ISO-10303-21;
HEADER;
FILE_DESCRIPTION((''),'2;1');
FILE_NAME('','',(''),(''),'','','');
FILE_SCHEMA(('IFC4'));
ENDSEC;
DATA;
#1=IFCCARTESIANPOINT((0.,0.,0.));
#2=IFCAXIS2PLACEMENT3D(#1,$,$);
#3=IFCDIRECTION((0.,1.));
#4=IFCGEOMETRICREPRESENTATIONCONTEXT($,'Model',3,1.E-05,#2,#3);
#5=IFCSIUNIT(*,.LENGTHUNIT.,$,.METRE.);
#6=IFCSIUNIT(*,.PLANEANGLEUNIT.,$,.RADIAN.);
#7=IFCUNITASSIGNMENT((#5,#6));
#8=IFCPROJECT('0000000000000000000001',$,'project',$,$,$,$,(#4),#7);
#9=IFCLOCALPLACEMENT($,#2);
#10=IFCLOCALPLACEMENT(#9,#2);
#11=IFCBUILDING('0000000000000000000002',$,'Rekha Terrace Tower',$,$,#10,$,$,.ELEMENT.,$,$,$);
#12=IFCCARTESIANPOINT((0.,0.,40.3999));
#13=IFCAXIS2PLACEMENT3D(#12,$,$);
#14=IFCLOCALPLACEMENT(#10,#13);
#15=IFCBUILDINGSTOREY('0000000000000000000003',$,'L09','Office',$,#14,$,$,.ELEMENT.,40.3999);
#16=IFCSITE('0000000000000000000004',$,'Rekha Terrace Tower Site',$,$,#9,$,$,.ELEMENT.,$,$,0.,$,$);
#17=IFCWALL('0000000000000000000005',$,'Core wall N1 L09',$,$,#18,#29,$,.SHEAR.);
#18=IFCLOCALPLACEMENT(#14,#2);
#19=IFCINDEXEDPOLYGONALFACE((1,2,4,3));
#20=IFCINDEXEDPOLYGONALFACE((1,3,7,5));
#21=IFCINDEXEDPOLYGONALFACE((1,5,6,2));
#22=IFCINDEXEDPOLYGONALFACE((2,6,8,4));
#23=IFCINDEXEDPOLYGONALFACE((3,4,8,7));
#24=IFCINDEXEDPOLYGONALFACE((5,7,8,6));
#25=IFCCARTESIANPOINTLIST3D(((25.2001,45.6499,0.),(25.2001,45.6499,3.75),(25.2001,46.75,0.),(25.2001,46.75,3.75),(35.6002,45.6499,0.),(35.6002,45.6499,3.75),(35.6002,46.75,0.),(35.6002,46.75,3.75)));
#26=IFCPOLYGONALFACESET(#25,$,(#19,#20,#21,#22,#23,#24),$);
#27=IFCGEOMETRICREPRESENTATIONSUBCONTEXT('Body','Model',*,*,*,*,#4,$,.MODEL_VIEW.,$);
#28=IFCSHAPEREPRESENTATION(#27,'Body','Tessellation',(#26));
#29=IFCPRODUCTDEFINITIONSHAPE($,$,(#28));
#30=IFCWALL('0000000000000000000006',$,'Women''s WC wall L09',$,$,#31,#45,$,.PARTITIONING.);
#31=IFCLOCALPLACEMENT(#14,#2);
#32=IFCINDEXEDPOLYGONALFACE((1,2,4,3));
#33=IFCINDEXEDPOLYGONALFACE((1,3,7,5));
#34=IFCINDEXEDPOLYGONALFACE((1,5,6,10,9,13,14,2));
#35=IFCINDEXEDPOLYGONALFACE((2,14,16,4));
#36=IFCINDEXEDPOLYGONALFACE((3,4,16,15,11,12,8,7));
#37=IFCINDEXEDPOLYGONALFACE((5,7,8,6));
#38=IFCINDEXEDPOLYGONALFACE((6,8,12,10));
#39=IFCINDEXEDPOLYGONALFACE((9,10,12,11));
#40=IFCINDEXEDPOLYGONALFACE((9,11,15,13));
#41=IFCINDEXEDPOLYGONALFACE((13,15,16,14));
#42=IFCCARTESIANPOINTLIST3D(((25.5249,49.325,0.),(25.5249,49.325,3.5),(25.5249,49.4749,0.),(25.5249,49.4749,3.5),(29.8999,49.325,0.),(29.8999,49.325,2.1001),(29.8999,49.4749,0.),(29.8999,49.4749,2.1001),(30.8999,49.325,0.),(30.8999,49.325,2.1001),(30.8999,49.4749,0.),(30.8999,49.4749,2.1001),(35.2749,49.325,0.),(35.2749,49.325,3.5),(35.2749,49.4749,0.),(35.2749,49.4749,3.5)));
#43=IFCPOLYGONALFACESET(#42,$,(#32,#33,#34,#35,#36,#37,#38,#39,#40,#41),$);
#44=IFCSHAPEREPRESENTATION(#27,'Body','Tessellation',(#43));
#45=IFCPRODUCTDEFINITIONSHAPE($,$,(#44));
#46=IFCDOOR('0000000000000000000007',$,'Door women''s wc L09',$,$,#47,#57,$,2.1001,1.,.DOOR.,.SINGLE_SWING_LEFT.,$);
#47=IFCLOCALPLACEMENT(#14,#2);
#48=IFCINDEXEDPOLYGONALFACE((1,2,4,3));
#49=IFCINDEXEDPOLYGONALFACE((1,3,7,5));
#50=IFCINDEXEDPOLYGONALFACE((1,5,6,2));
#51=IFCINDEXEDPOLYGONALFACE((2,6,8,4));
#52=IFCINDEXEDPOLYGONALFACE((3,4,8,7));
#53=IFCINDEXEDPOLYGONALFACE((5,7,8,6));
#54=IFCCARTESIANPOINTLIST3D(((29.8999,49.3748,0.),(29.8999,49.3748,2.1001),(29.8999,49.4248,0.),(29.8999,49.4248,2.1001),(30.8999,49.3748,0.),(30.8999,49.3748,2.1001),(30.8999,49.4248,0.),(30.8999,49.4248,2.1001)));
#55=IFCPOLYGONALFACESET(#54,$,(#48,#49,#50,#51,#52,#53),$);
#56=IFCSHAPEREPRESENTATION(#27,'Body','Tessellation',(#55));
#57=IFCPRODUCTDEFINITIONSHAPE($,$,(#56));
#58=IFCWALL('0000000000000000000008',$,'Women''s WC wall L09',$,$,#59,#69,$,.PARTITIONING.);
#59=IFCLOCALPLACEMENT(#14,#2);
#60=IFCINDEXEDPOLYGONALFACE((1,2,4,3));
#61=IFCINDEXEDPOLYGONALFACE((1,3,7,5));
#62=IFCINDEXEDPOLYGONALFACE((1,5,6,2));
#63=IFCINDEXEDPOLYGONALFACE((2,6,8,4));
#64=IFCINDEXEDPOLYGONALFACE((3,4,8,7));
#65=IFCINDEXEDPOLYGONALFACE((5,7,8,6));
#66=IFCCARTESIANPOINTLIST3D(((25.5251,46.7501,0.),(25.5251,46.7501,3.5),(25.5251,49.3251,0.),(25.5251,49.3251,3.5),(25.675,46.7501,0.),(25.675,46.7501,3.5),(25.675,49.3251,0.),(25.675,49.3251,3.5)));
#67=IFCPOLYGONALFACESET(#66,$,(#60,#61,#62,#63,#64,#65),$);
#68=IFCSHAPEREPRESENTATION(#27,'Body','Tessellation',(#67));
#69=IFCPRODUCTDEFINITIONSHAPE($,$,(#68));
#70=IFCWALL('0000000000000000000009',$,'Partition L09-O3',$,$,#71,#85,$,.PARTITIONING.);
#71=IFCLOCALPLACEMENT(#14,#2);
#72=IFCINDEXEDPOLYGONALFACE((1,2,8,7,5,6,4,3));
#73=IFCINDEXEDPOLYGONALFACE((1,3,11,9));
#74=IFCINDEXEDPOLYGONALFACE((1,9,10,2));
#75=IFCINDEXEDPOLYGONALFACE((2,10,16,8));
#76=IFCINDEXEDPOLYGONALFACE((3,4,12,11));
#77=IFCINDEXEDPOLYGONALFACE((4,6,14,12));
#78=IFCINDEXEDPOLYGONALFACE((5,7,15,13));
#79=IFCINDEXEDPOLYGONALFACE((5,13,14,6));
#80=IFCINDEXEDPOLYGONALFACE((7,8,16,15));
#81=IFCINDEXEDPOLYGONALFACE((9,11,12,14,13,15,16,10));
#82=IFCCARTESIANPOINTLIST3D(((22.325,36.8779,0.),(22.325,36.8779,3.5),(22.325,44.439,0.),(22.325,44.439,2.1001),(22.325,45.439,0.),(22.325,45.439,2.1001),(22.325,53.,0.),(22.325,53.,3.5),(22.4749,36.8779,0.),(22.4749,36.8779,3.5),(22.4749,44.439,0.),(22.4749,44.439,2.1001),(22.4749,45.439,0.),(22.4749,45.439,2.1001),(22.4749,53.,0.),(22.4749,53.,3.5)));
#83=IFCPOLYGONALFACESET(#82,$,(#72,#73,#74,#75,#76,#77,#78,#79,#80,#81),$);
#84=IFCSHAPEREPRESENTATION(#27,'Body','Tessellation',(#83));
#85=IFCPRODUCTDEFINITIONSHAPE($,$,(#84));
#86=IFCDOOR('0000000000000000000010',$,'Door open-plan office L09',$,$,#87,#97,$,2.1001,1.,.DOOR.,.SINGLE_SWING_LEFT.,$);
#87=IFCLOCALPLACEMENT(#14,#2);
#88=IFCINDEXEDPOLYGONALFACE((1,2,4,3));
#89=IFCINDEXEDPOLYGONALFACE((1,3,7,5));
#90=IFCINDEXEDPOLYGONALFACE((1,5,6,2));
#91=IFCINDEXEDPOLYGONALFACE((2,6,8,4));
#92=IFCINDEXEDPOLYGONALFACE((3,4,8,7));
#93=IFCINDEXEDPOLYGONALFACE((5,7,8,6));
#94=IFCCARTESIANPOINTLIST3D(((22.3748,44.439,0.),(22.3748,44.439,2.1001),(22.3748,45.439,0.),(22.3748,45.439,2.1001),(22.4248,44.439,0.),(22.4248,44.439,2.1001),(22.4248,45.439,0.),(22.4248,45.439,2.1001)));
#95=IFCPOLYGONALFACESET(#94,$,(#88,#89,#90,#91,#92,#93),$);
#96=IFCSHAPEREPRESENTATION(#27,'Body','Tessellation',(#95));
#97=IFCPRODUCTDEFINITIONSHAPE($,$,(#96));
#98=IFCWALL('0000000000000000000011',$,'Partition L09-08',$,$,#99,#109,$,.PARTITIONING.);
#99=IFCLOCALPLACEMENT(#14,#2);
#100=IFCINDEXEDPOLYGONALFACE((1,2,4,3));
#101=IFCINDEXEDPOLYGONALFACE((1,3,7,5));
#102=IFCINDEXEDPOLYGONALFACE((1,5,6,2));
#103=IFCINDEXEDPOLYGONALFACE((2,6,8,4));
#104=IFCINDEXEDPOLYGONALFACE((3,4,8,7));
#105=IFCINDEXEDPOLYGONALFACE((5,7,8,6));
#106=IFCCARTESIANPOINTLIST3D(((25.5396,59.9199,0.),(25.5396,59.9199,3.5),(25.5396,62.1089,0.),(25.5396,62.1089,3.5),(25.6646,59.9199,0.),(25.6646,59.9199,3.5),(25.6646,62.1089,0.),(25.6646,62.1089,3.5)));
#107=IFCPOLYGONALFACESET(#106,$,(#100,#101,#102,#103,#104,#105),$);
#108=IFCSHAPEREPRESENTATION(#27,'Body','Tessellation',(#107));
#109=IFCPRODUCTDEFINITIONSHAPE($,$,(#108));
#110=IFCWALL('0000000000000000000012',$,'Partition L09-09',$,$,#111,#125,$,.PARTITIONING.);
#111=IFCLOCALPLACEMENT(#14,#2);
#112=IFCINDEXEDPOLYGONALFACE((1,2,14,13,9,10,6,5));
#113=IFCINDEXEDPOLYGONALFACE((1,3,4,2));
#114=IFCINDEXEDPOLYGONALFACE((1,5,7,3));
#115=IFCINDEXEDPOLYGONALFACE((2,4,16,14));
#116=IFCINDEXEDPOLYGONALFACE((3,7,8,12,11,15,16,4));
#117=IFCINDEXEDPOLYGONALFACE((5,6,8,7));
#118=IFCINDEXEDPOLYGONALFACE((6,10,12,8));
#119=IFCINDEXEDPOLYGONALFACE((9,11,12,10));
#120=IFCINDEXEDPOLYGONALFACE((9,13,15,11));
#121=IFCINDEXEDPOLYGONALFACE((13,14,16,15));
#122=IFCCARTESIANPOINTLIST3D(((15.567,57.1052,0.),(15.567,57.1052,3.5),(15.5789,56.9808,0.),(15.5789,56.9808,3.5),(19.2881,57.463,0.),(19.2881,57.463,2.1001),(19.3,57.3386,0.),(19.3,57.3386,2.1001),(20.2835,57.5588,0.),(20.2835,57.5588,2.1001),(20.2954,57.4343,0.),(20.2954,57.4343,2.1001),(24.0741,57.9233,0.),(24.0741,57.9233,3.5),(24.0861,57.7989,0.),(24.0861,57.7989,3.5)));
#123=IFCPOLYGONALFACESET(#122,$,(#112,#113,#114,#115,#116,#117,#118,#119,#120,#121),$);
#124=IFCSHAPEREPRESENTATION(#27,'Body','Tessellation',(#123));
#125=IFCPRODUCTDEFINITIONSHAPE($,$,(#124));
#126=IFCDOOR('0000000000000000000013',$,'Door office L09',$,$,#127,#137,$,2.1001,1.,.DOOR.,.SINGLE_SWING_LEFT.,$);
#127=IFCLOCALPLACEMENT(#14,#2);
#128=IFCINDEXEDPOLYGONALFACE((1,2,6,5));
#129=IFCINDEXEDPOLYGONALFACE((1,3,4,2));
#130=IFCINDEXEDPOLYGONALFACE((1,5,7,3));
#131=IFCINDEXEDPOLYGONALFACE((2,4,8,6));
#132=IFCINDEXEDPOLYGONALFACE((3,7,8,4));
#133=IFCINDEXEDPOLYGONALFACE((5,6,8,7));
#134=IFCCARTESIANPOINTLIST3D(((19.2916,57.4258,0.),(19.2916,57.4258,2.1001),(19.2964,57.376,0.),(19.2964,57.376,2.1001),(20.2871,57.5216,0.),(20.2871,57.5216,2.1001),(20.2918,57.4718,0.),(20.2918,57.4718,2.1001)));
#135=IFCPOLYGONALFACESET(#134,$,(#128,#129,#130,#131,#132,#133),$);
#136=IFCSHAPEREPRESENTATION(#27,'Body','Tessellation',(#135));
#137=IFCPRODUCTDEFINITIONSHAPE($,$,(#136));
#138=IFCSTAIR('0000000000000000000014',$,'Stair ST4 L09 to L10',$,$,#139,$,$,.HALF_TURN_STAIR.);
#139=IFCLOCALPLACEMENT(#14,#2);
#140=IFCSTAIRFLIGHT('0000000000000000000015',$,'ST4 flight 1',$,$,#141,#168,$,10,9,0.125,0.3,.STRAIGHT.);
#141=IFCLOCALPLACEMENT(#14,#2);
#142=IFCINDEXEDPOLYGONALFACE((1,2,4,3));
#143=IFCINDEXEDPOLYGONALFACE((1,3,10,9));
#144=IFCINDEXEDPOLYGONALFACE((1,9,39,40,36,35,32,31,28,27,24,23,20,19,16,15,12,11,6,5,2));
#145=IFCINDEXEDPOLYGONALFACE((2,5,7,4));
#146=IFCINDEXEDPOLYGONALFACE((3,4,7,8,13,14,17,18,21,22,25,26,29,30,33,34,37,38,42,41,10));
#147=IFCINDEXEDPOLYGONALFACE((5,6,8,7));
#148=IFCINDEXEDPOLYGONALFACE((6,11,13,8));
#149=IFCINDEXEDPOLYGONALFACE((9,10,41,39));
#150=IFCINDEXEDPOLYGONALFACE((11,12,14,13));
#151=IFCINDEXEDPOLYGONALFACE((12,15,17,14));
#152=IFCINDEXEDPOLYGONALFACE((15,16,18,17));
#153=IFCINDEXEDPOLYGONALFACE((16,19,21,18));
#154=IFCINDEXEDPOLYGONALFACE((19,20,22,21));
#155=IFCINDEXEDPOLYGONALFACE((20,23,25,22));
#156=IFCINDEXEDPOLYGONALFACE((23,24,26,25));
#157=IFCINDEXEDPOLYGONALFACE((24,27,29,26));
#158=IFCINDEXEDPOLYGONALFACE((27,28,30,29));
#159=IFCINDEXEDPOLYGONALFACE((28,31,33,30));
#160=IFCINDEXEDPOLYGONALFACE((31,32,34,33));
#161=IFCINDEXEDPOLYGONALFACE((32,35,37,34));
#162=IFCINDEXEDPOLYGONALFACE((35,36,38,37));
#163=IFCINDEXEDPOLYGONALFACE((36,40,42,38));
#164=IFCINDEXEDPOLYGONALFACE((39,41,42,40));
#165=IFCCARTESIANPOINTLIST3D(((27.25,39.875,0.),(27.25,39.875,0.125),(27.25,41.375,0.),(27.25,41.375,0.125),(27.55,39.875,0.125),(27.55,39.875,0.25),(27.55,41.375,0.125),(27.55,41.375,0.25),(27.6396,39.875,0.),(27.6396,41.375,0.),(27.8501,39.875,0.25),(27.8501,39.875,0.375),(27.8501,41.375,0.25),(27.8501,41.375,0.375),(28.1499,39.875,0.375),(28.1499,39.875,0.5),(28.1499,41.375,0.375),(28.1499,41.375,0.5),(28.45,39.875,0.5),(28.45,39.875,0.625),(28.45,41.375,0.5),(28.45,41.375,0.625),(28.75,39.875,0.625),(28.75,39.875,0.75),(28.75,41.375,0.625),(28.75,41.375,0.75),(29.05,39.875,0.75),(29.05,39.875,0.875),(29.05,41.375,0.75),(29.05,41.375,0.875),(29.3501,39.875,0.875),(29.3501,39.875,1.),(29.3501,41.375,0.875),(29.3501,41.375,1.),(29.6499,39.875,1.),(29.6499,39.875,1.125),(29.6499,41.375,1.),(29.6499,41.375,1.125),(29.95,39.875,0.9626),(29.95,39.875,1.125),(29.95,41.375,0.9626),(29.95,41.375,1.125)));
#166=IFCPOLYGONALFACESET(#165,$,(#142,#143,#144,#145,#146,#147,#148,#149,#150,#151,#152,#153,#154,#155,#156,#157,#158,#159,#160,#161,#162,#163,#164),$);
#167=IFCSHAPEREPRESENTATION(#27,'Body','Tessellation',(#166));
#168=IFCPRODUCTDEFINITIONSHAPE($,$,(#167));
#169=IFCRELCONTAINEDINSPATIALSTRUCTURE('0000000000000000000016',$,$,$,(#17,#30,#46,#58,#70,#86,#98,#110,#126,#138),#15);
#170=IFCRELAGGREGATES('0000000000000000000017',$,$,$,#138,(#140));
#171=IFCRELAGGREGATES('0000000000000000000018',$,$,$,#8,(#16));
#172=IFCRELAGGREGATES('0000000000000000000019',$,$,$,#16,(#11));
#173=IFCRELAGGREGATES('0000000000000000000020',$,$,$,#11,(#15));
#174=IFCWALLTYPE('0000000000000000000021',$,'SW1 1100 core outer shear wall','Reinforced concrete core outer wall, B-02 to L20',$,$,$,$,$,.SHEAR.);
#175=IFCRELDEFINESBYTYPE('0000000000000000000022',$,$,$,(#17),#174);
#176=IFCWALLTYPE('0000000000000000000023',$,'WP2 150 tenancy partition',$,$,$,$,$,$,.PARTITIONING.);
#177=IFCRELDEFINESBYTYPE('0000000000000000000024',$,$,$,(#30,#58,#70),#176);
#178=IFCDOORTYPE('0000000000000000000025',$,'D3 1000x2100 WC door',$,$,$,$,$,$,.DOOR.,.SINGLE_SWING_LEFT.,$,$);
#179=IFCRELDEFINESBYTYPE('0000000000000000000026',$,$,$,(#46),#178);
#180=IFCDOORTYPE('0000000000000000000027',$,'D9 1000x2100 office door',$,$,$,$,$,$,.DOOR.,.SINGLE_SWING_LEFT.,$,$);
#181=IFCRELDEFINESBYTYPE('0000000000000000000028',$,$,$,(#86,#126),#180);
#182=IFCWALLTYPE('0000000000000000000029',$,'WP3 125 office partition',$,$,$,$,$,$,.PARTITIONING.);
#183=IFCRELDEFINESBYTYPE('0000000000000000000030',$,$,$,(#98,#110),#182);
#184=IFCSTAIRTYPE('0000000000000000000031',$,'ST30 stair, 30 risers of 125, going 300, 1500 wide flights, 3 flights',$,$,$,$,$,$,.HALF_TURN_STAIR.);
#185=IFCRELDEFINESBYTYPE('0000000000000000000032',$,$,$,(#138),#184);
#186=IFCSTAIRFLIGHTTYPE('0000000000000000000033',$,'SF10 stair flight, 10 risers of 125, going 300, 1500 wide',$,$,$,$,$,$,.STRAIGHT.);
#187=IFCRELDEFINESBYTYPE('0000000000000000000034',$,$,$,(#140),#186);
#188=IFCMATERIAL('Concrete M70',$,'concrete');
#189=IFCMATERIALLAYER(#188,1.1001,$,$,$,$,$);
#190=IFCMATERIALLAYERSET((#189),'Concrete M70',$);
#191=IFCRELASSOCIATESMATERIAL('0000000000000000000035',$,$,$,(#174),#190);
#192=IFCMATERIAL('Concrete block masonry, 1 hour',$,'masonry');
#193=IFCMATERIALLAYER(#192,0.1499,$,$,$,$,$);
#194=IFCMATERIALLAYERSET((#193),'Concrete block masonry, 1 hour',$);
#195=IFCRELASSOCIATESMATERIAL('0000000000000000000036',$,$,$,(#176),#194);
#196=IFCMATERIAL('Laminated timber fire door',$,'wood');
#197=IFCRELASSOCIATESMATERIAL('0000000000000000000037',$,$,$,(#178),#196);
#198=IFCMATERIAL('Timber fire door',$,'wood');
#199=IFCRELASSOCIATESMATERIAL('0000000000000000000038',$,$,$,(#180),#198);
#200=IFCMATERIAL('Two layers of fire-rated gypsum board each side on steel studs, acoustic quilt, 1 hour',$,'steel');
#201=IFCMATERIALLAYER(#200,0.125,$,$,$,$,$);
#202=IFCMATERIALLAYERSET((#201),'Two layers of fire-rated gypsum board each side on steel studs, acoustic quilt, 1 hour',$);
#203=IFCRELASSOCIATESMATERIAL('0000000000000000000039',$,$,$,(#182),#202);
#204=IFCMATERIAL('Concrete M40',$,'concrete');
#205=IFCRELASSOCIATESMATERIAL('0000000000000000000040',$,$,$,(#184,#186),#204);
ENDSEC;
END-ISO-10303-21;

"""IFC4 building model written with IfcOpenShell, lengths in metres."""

from ifc_helpers import new_model, si_unit, direction, frame, frame_2d, origin, place, context, subcontext, project, spatial, polyline, rectangle, outline, extrude, material, layer, layer_set, type_object, element, fill, aggregate, save


model = new_model("IFC4")

# Units and contexts
model_context = context("Model", 3, precision=1e-05, world=origin(), true_north=direction((0.0, 1.0)))
body_context = subcontext(model_context, "Body", "Model", "MODEL_VIEW")
ifc_project = project(units=[si_unit("LENGTHUNIT", "METRE"), si_unit("PLANEANGLEUNIT", "RADIAN")], contexts=[model_context])

# Site, building, storey
site_placement = place(None, origin())
site = spatial("IfcSite", under=ifc_project, at=site_placement, Name="Rekha Terrace Tower Site", CompositionType="ELEMENT", RefElevation=0.0)
building_placement = place(site_placement, origin())
building = spatial("IfcBuilding", under=site, at=building_placement, Name="Rekha Terrace Tower", CompositionType="ELEMENT")
storey_placement = place(building_placement, frame((0.0, 0.0, 40.3999)))
storey = spatial("IfcBuildingStorey", under=building, at=storey_placement, Name="L09", Description="Office", CompositionType="ELEMENT", Elevation=40.3999)

# Shared definitions
ifc_material_1 = material(Name="Concrete M70", Category="concrete")

# Wall
ifc_layer_1 = layer(ifc_material_1, 1.1001)
ifc_layer_set_1 = layer_set([ifc_layer_1], Name="Concrete M70")
wall_type_1 = type_object("IfcWallType", Name="SW1 1100 core outer shear wall", Description="Reinforced concrete core outer wall, B-02 to L20", PredefinedType="SHEAR", material=ifc_layer_set_1)
wall_1_placement = place(storey_placement, frame((25.2, 46.2, 0.0), z_axis=(0.0, 0.0, 1.0), x_axis=(1.0, 0.0, 0.0)))
element("IfcWall", 1, at=wall_1_placement, inside=storey, type_object=wall_type_1, Name="Core wall N1 L09", PredefinedType="SHEAR", context=body_context, shape_type="SweptSolid", body=[
    extrude(rectangle(XDim=10.4001, YDim=1.1001, at=frame_2d((5.2002, 0.0))), origin(), (0.0, 0.0, 1.0), 3.75),
])

# Wall, opening, door
ifc_material_2 = material(Name="Concrete block masonry, 1 hour", Category="masonry")
ifc_layer_2 = layer(ifc_material_2, 0.1499)
ifc_layer_set_2 = layer_set([ifc_layer_2], Name="Concrete block masonry, 1 hour")
wall_type_2 = type_object("IfcWallType", Name="WP2 150 tenancy partition", PredefinedType="PARTITIONING", material=ifc_layer_set_2)
wall_2_placement = place(storey_placement, frame((25.5249, 49.3999, 0.0), z_axis=(0.0, 0.0, 1.0), x_axis=(1.0, 0.0, 0.0)))
wall_2 = element("IfcWall", 2, at=wall_2_placement, inside=storey, type_object=wall_type_2, Name="Women's WC wall L09", PredefinedType="PARTITIONING", context=body_context, shape_type="SweptSolid", body=[
    extrude(rectangle(XDim=9.75, YDim=0.1499, at=frame_2d((4.875, 0.0))), origin(), (0.0, 0.0, 1.0), 3.5),
])
opening_1_placement = place(wall_2_placement, frame((4.375, 0.0, 0.0)))
opening_1 = element("IfcOpeningElement", 3, at=opening_1_placement, cuts=wall_2, PredefinedType="OPENING", context=body_context, shape_type="SweptSolid", body=[
    extrude(rectangle(XDim=1.0, YDim=2.1001, at=frame_2d((0.5, 1.05))), frame((0.0, 0.085, 0.0), z_axis=(0.0, -1.0, 0.0), x_axis=(1.0, 0.0, 0.0)), (0.0, 0.0, 1.0), 0.1699),
])
ifc_material_3 = material(Name="Laminated timber fire door", Category="wood")
door_type_1 = type_object("IfcDoorType", Name="D3 1000x2100 WC door", OperationType="SINGLE_SWING_LEFT", PredefinedType="DOOR", material=ifc_material_3)
door_1_placement = place(opening_1_placement, origin())
door_1 = element("IfcDoor", 4, at=door_1_placement, inside=storey, type_object=door_type_1, Name="Door women's wc L09", OperationType="SINGLE_SWING_LEFT", OverallHeight=2.1001, OverallWidth=1.0, PredefinedType="DOOR", context=body_context, shape_type="SweptSolid", body=[
    extrude(rectangle(XDim=1.0, YDim=2.1001, at=frame_2d((0.5, 1.05))), frame((0.0, 0.0249, 0.0), z_axis=(0.0, -1.0, 0.0), x_axis=(1.0, 0.0, 0.0)), (0.0, 0.0, 1.0), 0.05),
])
fill(opening_1, door_1)

# Wall
wall_3_placement = place(storey_placement, frame((25.6001, 46.75, 0.0), z_axis=(0.0, 0.0, 1.0), x_axis=(0.0, 1.0, 0.0)))
element("IfcWall", 5, at=wall_3_placement, inside=storey, type_object=wall_type_2, Name="Women's WC wall L09", PredefinedType="PARTITIONING", context=body_context, shape_type="SweptSolid", body=[
    extrude(rectangle(XDim=2.575, YDim=0.1499, at=frame_2d((1.2876, 0.0))), origin(), (0.0, 0.0, 1.0), 3.5),
])

# Wall, opening, door
wall_4_placement = place(storey_placement, frame((22.3999, 53.0, 0.0), z_axis=(0.0, 0.0, 1.0), x_axis=(0.0, -1.0, 0.0)))
wall_4 = element("IfcWall", 6, at=wall_4_placement, inside=storey, type_object=wall_type_2, Name="Partition L09-O3", PredefinedType="PARTITIONING", context=body_context, shape_type="SweptSolid", body=[
    extrude(rectangle(XDim=16.1221, YDim=0.1499, at=frame_2d((8.061, 0.0))), origin(), (0.0, 0.0, 1.0), 3.5),
])
opening_2_placement = place(wall_4_placement, frame((7.561, 0.0, 0.0)))
opening_2 = element("IfcOpeningElement", 7, at=opening_2_placement, cuts=wall_4, PredefinedType="OPENING", context=body_context, shape_type="SweptSolid", body=[
    extrude(rectangle(XDim=1.0, YDim=2.1001, at=frame_2d((0.5, 1.05))), frame((0.0, 0.085, 0.0), z_axis=(0.0, -1.0, 0.0), x_axis=(1.0, 0.0, 0.0)), (0.0, 0.0, 1.0), 0.1699),
])
ifc_material_4 = material(Name="Timber fire door", Category="wood")
door_type_2 = type_object("IfcDoorType", Name="D9 1000x2100 office door", OperationType="SINGLE_SWING_LEFT", PredefinedType="DOOR", material=ifc_material_4)
door_2_placement = place(opening_2_placement, origin())
door_2 = element("IfcDoor", 8, at=door_2_placement, inside=storey, type_object=door_type_2, Name="Door open-plan office L09", OperationType="SINGLE_SWING_LEFT", OverallHeight=2.1001, OverallWidth=1.0, PredefinedType="DOOR", context=body_context, shape_type="SweptSolid", body=[
    extrude(rectangle(XDim=1.0, YDim=2.1001, at=frame_2d((0.5, 1.05))), frame((0.0, 0.0249, 0.0), z_axis=(0.0, -1.0, 0.0), x_axis=(1.0, 0.0, 0.0)), (0.0, 0.0, 1.0), 0.05),
])
fill(opening_2, door_2)

# Wall
ifc_material_5 = material(Name="Two layers of fire-rated gypsum board each side on steel studs, acoustic quilt, 1 hour", Category="steel")
ifc_layer_3 = layer(ifc_material_5, 0.125)
ifc_layer_set_3 = layer_set([ifc_layer_3], Name="Two layers of fire-rated gypsum board each side on steel studs, acoustic quilt, 1 hour")
wall_type_3 = type_object("IfcWallType", Name="WP3 125 office partition", PredefinedType="PARTITIONING", material=ifc_layer_set_3)
wall_5_placement = place(storey_placement, frame((25.6021, 59.9199, 0.0), z_axis=(0.0, 0.0, 1.0), x_axis=(0.0, 1.0, 0.0)))
element("IfcWall", 9, at=wall_5_placement, inside=storey, type_object=wall_type_3, Name="Partition L09-08", PredefinedType="PARTITIONING", context=body_context, shape_type="SweptSolid", body=[
    extrude(rectangle(XDim=2.189, YDim=0.125, at=frame_2d((1.0945, 0.0))), origin(), (0.0, 0.0, 1.0), 3.5),
])

# Wall, opening, door
wall_6_placement = place(storey_placement, frame((24.0801, 57.8611, 0.0), z_axis=(0.0, 0.0, 1.0), x_axis=(-0.995408, -0.095727, 0.0)))
wall_6 = element("IfcWall", 10, at=wall_6_placement, inside=storey, type_object=wall_type_3, Name="Partition L09-09", PredefinedType="PARTITIONING", context=body_context, shape_type="SweptSolid", body=[
    extrude(rectangle(XDim=8.5464, YDim=0.125, at=frame_2d((4.2732, 0.0))), origin(), (0.0, 0.0, 1.0), 3.5),
])
opening_3_placement = place(wall_6_placement, frame((3.8081, 0.0, 0.0)))
opening_3 = element("IfcOpeningElement", 11, at=opening_3_placement, cuts=wall_6, PredefinedType="OPENING", context=body_context, shape_type="SweptSolid", body=[
    extrude(rectangle(XDim=1.0, YDim=2.1001, at=frame_2d((0.5, 1.05))), frame((0.0, 0.0725, 0.0), z_axis=(0.0, -1.0, 0.0), x_axis=(1.0, 0.0, 0.0)), (0.0, 0.0, 1.0), 0.145),
])
door_3_placement = place(opening_3_placement, origin())
door_3 = element("IfcDoor", 12, at=door_3_placement, inside=storey, type_object=door_type_2, Name="Door office L09", OperationType="SINGLE_SWING_LEFT", OverallHeight=2.1001, OverallWidth=1.0, PredefinedType="DOOR", context=body_context, shape_type="SweptSolid", body=[
    extrude(rectangle(XDim=1.0, YDim=2.1001, at=frame_2d((0.5, 1.05))), frame((0.0, 0.0249, 0.0), z_axis=(0.0, -1.0, 0.0), x_axis=(1.0, 0.0, 0.0)), (0.0, 0.0, 1.0), 0.05),
])
fill(opening_3, door_3)

# Stair, stair flight
ifc_material_6 = material(Name="Concrete M40", Category="concrete")
stair_type = type_object("IfcStairType", Name="ST30 stair, 30 risers of 125, going 300, 1500 wide flights, 3 flights", PredefinedType="HALF_TURN_STAIR", material=ifc_material_6)
stair_placement = place(storey_placement, origin())
stair = element("IfcStair", 13, at=stair_placement, inside=storey, type_object=stair_type, Name="Stair ST4 L09 to L10", PredefinedType="HALF_TURN_STAIR")
stair_flight_type = type_object("IfcStairFlightType", Name="SF10 stair flight, 10 risers of 125, going 300, 1500 wide", PredefinedType="STRAIGHT", material=ifc_material_6)
stair_flight_1_placement = place(storey_placement, frame((27.25, 40.625, 0.0), z_axis=(0.0, 0.0, 1.0), x_axis=(1.0, 0.0, 0.0)))
stair_flight_1 = element("IfcStairFlight", 14, at=stair_flight_1_placement, type_object=stair_flight_type, Name="ST4 flight 1", NumberOfRisers=10, NumberOfTreads=9, PredefinedType="STRAIGHT", RiserHeight=0.125, TreadLength=0.3, context=body_context, shape_type="SweptSolid", body=[
    extrude(outline(polyline([(0.0, 0.0), (0.0, 0.125), (0.3, 0.125), (0.3, 0.25), (0.6001, 0.25), (0.6001, 0.375), (0.8999, 0.375), (0.8999, 0.5), (1.2, 0.5), (1.2, 0.625), (1.5, 0.625), (1.5, 0.75), (1.8, 0.75), (1.8, 0.875), (2.1001, 0.875), (2.1001, 1.0), (2.3999, 1.0), (2.3999, 1.125), (2.7, 1.125), (2.7, 1.25), (2.7, 0.9626), (0.3896, 0.0), (0.0, 0.0)])), frame((0.0, 0.75, 0.0), z_axis=(0.0, -1.0, 0.0), x_axis=(1.0, 0.0, 0.0)), (0.0, 0.0, 1.0), 1.5),
])
aggregate(stair, [stair_flight_1])

save(model, "model.ifc")
